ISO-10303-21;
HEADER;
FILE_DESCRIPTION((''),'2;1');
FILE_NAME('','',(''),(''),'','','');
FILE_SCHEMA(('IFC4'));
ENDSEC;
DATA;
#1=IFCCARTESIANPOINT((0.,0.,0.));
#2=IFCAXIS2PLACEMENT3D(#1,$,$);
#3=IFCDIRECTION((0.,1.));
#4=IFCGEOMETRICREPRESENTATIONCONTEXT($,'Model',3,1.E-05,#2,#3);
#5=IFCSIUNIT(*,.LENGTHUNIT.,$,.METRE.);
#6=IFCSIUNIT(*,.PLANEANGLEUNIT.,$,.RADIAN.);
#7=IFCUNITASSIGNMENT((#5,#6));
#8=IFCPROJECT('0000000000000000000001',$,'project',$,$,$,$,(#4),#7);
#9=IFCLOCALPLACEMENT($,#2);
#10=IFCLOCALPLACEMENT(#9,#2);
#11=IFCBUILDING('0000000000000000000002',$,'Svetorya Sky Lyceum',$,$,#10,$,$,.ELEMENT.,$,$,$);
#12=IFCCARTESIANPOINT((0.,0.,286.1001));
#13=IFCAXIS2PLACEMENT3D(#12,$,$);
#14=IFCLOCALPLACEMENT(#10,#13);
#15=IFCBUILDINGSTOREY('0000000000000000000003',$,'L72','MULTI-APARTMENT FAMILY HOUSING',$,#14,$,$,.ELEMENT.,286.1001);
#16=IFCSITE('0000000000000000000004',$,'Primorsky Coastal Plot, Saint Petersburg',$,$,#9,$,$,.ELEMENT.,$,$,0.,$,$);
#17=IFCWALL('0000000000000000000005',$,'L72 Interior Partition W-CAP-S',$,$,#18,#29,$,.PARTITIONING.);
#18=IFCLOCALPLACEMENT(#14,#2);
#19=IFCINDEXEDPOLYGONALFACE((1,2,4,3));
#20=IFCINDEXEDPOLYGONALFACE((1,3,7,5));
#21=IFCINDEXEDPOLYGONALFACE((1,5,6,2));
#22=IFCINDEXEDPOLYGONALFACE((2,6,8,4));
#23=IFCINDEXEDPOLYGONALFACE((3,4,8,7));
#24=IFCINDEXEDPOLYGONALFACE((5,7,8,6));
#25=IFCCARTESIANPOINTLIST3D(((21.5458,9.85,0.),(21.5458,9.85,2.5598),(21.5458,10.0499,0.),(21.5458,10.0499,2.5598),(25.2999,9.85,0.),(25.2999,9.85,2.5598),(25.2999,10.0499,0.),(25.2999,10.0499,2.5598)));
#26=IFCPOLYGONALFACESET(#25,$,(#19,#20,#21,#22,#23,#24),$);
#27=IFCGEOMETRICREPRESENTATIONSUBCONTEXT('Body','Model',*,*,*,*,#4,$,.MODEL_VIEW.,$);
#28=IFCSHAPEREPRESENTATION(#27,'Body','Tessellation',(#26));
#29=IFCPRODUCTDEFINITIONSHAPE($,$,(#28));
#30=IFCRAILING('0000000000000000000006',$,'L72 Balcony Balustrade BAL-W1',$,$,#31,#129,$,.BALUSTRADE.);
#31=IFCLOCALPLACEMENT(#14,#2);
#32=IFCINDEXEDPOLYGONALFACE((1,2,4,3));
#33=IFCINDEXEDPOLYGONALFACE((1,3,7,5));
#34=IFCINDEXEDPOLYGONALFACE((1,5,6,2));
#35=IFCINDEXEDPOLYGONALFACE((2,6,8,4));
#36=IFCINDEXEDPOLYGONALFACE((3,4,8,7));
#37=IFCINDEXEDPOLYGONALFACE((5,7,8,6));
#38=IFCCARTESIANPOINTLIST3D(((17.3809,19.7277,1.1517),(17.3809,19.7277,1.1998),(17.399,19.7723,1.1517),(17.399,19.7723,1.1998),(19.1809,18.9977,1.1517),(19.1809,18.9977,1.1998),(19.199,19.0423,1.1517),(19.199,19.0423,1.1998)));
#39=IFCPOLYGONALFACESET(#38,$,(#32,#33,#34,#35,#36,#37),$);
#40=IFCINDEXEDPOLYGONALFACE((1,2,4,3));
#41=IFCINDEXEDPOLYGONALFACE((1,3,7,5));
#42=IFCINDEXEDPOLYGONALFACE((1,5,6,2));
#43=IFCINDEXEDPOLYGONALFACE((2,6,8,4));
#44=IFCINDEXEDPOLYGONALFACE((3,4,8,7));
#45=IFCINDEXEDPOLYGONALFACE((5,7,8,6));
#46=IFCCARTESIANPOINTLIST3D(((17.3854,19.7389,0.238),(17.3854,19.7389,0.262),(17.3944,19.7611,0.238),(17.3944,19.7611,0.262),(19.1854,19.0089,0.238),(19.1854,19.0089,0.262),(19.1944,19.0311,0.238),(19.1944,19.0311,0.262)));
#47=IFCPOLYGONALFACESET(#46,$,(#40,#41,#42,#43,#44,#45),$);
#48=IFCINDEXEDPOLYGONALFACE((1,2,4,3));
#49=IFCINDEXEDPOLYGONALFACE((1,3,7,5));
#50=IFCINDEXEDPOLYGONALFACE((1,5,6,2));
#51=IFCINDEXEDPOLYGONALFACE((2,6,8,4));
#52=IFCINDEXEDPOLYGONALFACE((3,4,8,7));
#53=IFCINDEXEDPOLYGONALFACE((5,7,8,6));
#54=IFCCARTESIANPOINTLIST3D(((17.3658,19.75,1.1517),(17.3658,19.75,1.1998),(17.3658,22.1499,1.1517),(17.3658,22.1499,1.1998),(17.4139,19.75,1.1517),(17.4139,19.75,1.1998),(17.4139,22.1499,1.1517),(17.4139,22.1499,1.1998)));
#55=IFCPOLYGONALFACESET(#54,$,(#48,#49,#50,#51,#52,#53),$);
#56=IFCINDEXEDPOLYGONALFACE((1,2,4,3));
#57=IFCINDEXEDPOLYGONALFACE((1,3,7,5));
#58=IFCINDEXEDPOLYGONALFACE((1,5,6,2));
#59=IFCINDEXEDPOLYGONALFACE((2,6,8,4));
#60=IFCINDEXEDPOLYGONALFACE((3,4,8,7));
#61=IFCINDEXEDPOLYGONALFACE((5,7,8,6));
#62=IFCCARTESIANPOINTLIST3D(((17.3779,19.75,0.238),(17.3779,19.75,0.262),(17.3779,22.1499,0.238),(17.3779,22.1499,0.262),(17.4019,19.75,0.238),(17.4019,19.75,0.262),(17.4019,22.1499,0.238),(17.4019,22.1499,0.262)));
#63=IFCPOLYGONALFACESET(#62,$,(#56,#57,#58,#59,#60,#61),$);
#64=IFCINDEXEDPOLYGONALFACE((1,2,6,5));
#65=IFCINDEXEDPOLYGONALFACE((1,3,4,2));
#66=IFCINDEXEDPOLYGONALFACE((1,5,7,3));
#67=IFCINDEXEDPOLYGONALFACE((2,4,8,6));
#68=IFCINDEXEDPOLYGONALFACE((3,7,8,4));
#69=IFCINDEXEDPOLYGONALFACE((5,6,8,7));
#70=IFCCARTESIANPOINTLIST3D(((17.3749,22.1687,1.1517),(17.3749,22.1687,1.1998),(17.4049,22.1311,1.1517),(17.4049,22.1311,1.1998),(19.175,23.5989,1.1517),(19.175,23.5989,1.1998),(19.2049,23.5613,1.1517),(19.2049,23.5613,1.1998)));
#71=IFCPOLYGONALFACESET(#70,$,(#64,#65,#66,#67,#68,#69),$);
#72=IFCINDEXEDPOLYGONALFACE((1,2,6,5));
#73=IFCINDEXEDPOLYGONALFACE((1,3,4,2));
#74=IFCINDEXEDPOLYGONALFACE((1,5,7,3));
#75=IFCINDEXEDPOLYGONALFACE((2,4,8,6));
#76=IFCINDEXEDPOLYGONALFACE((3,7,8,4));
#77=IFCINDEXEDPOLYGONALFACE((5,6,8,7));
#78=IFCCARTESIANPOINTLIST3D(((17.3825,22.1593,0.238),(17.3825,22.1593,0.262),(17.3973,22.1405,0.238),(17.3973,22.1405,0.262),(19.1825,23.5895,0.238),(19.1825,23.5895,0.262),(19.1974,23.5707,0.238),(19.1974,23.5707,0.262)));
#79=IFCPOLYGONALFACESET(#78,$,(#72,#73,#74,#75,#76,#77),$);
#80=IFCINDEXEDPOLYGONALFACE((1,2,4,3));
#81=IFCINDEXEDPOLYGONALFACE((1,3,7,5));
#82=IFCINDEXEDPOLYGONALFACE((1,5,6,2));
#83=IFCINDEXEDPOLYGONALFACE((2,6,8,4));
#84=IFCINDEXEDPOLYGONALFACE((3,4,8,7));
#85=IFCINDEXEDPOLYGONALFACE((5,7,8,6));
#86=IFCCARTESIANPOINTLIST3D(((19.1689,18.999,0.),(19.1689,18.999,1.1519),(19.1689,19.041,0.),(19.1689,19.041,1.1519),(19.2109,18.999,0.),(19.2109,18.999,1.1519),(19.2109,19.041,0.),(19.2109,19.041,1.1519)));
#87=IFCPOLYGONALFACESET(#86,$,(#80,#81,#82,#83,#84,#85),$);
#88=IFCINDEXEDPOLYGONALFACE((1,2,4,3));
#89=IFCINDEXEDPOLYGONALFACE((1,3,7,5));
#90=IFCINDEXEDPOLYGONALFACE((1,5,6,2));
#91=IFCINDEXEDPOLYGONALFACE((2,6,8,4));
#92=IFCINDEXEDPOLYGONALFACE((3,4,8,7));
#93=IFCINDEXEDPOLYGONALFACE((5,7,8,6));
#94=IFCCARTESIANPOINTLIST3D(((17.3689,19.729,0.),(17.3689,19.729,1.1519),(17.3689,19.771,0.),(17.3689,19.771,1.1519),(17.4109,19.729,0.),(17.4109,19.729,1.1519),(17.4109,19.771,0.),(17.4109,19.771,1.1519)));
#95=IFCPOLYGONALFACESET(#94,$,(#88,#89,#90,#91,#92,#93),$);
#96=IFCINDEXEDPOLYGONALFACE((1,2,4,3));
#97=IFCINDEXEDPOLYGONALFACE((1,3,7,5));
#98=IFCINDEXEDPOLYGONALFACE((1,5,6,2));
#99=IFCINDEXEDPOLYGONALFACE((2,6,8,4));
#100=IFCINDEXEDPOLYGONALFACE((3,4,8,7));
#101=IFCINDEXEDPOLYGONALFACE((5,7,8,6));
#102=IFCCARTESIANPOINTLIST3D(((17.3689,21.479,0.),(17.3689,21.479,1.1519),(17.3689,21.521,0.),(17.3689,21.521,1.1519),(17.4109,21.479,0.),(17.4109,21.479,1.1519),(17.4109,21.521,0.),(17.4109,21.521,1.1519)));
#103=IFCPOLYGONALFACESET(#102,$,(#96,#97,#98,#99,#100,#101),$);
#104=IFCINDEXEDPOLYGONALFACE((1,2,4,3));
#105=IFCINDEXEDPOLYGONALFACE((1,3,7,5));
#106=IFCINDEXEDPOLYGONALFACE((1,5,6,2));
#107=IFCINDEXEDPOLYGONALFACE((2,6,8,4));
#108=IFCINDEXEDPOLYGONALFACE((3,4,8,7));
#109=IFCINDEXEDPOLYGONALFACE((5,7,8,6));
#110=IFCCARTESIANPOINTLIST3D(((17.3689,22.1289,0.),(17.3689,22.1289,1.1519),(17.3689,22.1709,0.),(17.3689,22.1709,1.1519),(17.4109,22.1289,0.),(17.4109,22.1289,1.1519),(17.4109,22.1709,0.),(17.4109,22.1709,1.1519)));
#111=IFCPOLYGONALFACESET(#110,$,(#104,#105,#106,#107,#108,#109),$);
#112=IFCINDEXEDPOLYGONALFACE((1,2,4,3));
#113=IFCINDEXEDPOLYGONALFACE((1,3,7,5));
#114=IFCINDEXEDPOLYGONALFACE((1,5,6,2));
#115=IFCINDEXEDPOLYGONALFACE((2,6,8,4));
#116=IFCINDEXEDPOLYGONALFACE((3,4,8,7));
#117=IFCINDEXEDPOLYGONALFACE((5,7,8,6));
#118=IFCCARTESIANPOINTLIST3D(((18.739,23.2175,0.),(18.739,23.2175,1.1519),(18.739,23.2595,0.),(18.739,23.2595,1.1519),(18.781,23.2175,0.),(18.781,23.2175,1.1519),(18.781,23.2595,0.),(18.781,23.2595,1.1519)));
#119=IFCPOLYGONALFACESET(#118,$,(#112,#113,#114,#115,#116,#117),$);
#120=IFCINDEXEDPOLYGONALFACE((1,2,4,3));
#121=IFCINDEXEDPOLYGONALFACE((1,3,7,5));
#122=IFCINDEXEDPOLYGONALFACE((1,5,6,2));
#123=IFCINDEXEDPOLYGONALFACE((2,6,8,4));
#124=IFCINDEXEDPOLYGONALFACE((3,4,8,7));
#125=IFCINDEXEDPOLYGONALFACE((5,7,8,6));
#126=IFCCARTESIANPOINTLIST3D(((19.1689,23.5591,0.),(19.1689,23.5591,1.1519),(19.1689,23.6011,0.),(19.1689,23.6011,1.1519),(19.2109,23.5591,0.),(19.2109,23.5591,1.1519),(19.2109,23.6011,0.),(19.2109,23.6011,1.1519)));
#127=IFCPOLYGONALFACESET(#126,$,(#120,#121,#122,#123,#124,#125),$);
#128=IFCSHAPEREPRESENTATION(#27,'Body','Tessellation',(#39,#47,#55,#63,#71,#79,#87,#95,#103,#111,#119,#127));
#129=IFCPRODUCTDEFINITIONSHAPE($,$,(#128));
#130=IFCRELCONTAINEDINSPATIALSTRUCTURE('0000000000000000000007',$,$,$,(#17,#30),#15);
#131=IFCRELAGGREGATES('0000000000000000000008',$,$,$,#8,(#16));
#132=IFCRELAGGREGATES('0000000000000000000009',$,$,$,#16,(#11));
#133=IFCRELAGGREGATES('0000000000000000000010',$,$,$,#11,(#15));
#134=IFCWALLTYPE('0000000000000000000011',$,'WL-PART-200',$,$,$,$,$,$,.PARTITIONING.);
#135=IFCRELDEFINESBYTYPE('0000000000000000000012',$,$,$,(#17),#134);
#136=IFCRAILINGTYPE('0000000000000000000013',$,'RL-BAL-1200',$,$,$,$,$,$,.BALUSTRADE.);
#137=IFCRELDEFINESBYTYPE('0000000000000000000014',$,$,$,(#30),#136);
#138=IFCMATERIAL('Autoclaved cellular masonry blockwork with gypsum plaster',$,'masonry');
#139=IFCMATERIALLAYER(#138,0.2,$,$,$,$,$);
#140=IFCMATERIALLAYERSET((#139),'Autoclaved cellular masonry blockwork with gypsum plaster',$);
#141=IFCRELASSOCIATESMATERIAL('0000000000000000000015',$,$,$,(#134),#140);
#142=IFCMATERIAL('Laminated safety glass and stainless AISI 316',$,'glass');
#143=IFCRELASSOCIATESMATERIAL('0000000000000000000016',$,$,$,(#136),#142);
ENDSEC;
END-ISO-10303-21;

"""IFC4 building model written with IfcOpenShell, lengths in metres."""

from ifc_helpers import new_model, si_unit, direction, frame, frame_2d, origin, origin_2d, place, context, subcontext, project, spatial, rectangle, extrude, material, layer, layer_set, type_object, element, save


model = new_model("IFC4")

# Units and contexts
model_context = context("Model", 3, precision=1e-05, world=origin(), true_north=direction((0.0, 1.0)))
body_context = subcontext(model_context, "Body", "Model", "MODEL_VIEW")
ifc_project = project(units=[si_unit("LENGTHUNIT", "METRE"), si_unit("PLANEANGLEUNIT", "RADIAN")], contexts=[model_context])

# Site, building, storey
site_placement = place(None, origin())
site = spatial("IfcSite", under=ifc_project, at=site_placement, Name="Primorsky Coastal Plot, Saint Petersburg", CompositionType="ELEMENT", RefElevation=0.0)
building_placement = place(site_placement, origin())
building = spatial("IfcBuilding", under=site, at=building_placement, Name="Svetorya Sky Lyceum", CompositionType="ELEMENT")
storey_placement = place(building_placement, frame((0.0, 0.0, 286.1001)))
storey = spatial("IfcBuildingStorey", under=building, at=storey_placement, Name="L72", Description="MULTI-APARTMENT FAMILY HOUSING", CompositionType="ELEMENT", Elevation=286.1001)

# Wall
ifc_material_1 = material(Name="Autoclaved cellular masonry blockwork with gypsum plaster", Category="masonry")
ifc_layer_1 = layer(ifc_material_1, 0.2)
ifc_layer_set_1 = layer_set([ifc_layer_1], Name="Autoclaved cellular masonry blockwork with gypsum plaster")
wall_type_1 = type_object("IfcWallType", Name="WL-PART-200", PredefinedType="PARTITIONING", material=ifc_layer_set_1)
wall_1_placement = place(storey_placement, frame((21.5459, 9.95, 0.0), z_axis=(0.0, 0.0, 1.0), x_axis=(1.0, 0.0, 0.0)))
element("IfcWall", 1, at=wall_1_placement, inside=storey, type_object=wall_type_1, Name="L72 Interior Partition W-CAP-S", PredefinedType="PARTITIONING", context=body_context, shape_type="SweptSolid", body=[
    extrude(rectangle(XDim=3.7542, YDim=0.2, at=frame_2d((1.877, 0.0))), origin(), (0.0, 0.0, 1.0), 2.5598),
])

# Railing
ifc_material_2 = material(Name="Laminated safety glass and stainless AISI 316", Category="glass")
railing_type = type_object("IfcRailingType", Name="RL-BAL-1200", PredefinedType="BALUSTRADE", material=ifc_material_2)
railing_placement = place(storey_placement, frame((19.1899, 19.02, 0.0)))
element("IfcRailing", 2, at=railing_placement, inside=storey, type_object=railing_type, Name="L72 Balcony Balustrade BAL-W1", PredefinedType="BALUSTRADE", context=body_context, shape_type="SweptSolid", body=[
    extrude(rectangle(XDim=0.0481, YDim=0.0481, at=origin_2d()), frame((0.0, 0.0, 1.1758), z_axis=(-0.926698, 0.375807, 0.0), x_axis=(-0.375807, -0.926698, 0.0)), (0.0, 0.0, 1.0), 1.9424),
    extrude(rectangle(XDim=0.0239, YDim=0.0239, at=origin_2d()), frame((0.0, 0.0, 0.25), z_axis=(-0.926698, 0.375807, 0.0), x_axis=(-0.375807, -0.926698, 0.0)), (0.0, 0.0, 1.0), 1.9424),
    extrude(rectangle(XDim=0.0481, YDim=0.0481, at=origin_2d()), frame((-1.8, 0.73, 1.1758), z_axis=(0.0, 1.0, 0.0), x_axis=(-1.0, 0.0, 0.0)), (0.0, 0.0, 1.0), 2.3999),
    extrude(rectangle(XDim=0.0239, YDim=0.0239, at=origin_2d()), frame((-1.8, 0.73, 0.25), z_axis=(0.0, 1.0, 0.0), x_axis=(-1.0, 0.0, 0.0)), (0.0, 0.0, 1.0), 2.3999),
    extrude(rectangle(XDim=0.0481, YDim=0.0481, at=origin_2d()), frame((-1.8, 3.1299, 1.1758), z_axis=(0.782957, 0.622076, 0.0), x_axis=(-0.622076, 0.782957, 0.0)), (0.0, 0.0, 1.0), 2.2991),
    extrude(rectangle(XDim=0.0239, YDim=0.0239, at=origin_2d()), frame((-1.8, 3.1299, 0.25), z_axis=(0.782957, 0.622076, 0.0), x_axis=(-0.622076, 0.782957, 0.0)), (0.0, 0.0, 1.0), 2.2991),
    extrude(rectangle(XDim=0.042, YDim=0.042, at=origin_2d()), origin(), (0.0, 0.0, 1.0), 1.1519),
    extrude(rectangle(XDim=0.042, YDim=0.042, at=origin_2d()), frame((-1.8, 0.73, 0.0)), (0.0, 0.0, 1.0), 1.1519),
    extrude(rectangle(XDim=0.042, YDim=0.042, at=origin_2d()), frame((-1.8, 2.48, 0.0)), (0.0, 0.0, 1.0), 1.1519),
    extrude(rectangle(XDim=0.042, YDim=0.042, at=origin_2d()), frame((-1.8, 3.1299, 0.0)), (0.0, 0.0, 1.0), 1.1519),
    extrude(rectangle(XDim=0.042, YDim=0.042, at=origin_2d()), frame((-0.4299, 4.2185, 0.0)), (0.0, 0.0, 1.0), 1.1519),
    extrude(rectangle(XDim=0.042, YDim=0.042, at=origin_2d()), frame((0.0, 4.5601, 0.0)), (0.0, 0.0, 1.0), 1.1519),
])

save(model, "model.ifc")
